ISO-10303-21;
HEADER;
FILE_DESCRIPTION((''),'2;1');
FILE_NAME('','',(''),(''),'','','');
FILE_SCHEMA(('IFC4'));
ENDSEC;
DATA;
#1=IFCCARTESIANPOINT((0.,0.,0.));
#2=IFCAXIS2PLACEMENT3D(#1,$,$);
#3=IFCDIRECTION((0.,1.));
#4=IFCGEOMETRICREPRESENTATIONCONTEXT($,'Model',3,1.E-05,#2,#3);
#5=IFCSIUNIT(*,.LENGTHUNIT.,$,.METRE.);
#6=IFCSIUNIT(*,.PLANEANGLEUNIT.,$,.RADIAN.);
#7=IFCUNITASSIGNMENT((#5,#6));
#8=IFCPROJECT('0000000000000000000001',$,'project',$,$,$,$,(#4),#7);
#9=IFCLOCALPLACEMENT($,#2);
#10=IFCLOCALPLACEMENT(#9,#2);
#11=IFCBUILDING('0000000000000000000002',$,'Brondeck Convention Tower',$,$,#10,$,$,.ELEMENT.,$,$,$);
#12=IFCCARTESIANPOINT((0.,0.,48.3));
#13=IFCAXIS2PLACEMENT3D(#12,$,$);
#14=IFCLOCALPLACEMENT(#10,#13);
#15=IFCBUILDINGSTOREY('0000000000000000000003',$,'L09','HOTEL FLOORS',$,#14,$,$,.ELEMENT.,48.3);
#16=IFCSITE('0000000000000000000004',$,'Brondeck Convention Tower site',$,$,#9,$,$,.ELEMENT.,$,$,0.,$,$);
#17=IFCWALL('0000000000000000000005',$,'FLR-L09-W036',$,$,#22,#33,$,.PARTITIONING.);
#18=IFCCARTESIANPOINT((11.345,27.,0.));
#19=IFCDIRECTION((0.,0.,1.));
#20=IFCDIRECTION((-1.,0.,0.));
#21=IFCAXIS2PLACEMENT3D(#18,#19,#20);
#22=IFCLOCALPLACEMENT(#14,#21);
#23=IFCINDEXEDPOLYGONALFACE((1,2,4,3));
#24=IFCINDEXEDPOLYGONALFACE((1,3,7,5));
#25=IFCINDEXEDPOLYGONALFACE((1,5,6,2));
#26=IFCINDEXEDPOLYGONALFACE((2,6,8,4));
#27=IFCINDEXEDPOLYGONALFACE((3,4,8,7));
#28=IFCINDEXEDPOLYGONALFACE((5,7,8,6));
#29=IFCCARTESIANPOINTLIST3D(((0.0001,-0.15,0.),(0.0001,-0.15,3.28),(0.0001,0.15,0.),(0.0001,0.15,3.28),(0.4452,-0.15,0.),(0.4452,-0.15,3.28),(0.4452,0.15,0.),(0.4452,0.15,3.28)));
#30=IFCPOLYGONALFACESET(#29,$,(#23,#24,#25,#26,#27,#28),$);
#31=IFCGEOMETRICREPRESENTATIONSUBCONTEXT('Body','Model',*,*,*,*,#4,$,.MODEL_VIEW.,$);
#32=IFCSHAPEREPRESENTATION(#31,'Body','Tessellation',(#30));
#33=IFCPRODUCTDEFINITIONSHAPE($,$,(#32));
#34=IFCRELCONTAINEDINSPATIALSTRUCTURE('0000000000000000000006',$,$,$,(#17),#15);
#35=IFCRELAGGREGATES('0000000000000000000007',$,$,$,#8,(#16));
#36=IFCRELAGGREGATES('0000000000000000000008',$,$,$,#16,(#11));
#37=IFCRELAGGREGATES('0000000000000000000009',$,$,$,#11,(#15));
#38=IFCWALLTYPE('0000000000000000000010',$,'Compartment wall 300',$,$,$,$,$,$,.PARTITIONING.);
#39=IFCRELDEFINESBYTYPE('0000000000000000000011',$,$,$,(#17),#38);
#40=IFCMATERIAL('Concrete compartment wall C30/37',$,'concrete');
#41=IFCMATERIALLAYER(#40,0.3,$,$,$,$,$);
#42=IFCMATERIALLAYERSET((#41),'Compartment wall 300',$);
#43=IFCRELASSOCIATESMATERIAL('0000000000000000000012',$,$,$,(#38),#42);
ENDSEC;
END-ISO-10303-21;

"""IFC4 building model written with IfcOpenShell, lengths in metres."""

from ifc_helpers import new_model, si_unit, direction, frame, frame_2d, origin, place, context, subcontext, project, spatial, rectangle, extrude, material, layer, layer_set, type_object, element, save


model = new_model("IFC4")

# Units and contexts
model_context = context("Model", 3, precision=1e-05, world=origin(), true_north=direction((0.0, 1.0)))
body_context = subcontext(model_context, "Body", "Model", "MODEL_VIEW")
ifc_project = project(units=[si_unit("LENGTHUNIT", "METRE"), si_unit("PLANEANGLEUNIT", "RADIAN")], contexts=[model_context])

# Site, building, storey
site_placement = place(None, origin())
site = spatial("IfcSite", under=ifc_project, at=site_placement, Name="Brondeck Convention Tower site", CompositionType="ELEMENT", RefElevation=0.0)
building_placement = place(site_placement, origin())
building = spatial("IfcBuilding", under=site, at=building_placement, Name="Brondeck Convention Tower", CompositionType="ELEMENT")
storey_placement = place(building_placement, frame((0.0, 0.0, 48.3)))
storey = spatial("IfcBuildingStorey", under=building, at=storey_placement, Name="L09", Description="HOTEL FLOORS", CompositionType="ELEMENT", Elevation=48.3)

# Wall
ifc_material_1 = material(Name="Concrete compartment wall C30/37", Category="concrete")
ifc_layer_1 = layer(ifc_material_1, 0.3)
ifc_layer_set_1 = layer_set([ifc_layer_1], Name="Compartment wall 300")
wall_type_1 = type_object("IfcWallType", Name="Compartment wall 300", PredefinedType="PARTITIONING", material=ifc_layer_set_1)
wall_1_placement = place(storey_placement, frame((11.345, 27.0, 0.0), z_axis=(0.0, 0.0, 1.0), x_axis=(-1.0, 0.0, 0.0)))
element("IfcWall", 1, at=wall_1_placement, inside=storey, type_object=wall_type_1, Name="FLR-L09-W036", PredefinedType="PARTITIONING", context=body_context, shape_type="SweptSolid", body=[
    extrude(rectangle(XDim=0.4451, YDim=0.3, at=frame_2d((0.2227, 0.0))), origin(), (0.0, 0.0, 1.0), 3.28),
])

save(model, "model.ifc")
